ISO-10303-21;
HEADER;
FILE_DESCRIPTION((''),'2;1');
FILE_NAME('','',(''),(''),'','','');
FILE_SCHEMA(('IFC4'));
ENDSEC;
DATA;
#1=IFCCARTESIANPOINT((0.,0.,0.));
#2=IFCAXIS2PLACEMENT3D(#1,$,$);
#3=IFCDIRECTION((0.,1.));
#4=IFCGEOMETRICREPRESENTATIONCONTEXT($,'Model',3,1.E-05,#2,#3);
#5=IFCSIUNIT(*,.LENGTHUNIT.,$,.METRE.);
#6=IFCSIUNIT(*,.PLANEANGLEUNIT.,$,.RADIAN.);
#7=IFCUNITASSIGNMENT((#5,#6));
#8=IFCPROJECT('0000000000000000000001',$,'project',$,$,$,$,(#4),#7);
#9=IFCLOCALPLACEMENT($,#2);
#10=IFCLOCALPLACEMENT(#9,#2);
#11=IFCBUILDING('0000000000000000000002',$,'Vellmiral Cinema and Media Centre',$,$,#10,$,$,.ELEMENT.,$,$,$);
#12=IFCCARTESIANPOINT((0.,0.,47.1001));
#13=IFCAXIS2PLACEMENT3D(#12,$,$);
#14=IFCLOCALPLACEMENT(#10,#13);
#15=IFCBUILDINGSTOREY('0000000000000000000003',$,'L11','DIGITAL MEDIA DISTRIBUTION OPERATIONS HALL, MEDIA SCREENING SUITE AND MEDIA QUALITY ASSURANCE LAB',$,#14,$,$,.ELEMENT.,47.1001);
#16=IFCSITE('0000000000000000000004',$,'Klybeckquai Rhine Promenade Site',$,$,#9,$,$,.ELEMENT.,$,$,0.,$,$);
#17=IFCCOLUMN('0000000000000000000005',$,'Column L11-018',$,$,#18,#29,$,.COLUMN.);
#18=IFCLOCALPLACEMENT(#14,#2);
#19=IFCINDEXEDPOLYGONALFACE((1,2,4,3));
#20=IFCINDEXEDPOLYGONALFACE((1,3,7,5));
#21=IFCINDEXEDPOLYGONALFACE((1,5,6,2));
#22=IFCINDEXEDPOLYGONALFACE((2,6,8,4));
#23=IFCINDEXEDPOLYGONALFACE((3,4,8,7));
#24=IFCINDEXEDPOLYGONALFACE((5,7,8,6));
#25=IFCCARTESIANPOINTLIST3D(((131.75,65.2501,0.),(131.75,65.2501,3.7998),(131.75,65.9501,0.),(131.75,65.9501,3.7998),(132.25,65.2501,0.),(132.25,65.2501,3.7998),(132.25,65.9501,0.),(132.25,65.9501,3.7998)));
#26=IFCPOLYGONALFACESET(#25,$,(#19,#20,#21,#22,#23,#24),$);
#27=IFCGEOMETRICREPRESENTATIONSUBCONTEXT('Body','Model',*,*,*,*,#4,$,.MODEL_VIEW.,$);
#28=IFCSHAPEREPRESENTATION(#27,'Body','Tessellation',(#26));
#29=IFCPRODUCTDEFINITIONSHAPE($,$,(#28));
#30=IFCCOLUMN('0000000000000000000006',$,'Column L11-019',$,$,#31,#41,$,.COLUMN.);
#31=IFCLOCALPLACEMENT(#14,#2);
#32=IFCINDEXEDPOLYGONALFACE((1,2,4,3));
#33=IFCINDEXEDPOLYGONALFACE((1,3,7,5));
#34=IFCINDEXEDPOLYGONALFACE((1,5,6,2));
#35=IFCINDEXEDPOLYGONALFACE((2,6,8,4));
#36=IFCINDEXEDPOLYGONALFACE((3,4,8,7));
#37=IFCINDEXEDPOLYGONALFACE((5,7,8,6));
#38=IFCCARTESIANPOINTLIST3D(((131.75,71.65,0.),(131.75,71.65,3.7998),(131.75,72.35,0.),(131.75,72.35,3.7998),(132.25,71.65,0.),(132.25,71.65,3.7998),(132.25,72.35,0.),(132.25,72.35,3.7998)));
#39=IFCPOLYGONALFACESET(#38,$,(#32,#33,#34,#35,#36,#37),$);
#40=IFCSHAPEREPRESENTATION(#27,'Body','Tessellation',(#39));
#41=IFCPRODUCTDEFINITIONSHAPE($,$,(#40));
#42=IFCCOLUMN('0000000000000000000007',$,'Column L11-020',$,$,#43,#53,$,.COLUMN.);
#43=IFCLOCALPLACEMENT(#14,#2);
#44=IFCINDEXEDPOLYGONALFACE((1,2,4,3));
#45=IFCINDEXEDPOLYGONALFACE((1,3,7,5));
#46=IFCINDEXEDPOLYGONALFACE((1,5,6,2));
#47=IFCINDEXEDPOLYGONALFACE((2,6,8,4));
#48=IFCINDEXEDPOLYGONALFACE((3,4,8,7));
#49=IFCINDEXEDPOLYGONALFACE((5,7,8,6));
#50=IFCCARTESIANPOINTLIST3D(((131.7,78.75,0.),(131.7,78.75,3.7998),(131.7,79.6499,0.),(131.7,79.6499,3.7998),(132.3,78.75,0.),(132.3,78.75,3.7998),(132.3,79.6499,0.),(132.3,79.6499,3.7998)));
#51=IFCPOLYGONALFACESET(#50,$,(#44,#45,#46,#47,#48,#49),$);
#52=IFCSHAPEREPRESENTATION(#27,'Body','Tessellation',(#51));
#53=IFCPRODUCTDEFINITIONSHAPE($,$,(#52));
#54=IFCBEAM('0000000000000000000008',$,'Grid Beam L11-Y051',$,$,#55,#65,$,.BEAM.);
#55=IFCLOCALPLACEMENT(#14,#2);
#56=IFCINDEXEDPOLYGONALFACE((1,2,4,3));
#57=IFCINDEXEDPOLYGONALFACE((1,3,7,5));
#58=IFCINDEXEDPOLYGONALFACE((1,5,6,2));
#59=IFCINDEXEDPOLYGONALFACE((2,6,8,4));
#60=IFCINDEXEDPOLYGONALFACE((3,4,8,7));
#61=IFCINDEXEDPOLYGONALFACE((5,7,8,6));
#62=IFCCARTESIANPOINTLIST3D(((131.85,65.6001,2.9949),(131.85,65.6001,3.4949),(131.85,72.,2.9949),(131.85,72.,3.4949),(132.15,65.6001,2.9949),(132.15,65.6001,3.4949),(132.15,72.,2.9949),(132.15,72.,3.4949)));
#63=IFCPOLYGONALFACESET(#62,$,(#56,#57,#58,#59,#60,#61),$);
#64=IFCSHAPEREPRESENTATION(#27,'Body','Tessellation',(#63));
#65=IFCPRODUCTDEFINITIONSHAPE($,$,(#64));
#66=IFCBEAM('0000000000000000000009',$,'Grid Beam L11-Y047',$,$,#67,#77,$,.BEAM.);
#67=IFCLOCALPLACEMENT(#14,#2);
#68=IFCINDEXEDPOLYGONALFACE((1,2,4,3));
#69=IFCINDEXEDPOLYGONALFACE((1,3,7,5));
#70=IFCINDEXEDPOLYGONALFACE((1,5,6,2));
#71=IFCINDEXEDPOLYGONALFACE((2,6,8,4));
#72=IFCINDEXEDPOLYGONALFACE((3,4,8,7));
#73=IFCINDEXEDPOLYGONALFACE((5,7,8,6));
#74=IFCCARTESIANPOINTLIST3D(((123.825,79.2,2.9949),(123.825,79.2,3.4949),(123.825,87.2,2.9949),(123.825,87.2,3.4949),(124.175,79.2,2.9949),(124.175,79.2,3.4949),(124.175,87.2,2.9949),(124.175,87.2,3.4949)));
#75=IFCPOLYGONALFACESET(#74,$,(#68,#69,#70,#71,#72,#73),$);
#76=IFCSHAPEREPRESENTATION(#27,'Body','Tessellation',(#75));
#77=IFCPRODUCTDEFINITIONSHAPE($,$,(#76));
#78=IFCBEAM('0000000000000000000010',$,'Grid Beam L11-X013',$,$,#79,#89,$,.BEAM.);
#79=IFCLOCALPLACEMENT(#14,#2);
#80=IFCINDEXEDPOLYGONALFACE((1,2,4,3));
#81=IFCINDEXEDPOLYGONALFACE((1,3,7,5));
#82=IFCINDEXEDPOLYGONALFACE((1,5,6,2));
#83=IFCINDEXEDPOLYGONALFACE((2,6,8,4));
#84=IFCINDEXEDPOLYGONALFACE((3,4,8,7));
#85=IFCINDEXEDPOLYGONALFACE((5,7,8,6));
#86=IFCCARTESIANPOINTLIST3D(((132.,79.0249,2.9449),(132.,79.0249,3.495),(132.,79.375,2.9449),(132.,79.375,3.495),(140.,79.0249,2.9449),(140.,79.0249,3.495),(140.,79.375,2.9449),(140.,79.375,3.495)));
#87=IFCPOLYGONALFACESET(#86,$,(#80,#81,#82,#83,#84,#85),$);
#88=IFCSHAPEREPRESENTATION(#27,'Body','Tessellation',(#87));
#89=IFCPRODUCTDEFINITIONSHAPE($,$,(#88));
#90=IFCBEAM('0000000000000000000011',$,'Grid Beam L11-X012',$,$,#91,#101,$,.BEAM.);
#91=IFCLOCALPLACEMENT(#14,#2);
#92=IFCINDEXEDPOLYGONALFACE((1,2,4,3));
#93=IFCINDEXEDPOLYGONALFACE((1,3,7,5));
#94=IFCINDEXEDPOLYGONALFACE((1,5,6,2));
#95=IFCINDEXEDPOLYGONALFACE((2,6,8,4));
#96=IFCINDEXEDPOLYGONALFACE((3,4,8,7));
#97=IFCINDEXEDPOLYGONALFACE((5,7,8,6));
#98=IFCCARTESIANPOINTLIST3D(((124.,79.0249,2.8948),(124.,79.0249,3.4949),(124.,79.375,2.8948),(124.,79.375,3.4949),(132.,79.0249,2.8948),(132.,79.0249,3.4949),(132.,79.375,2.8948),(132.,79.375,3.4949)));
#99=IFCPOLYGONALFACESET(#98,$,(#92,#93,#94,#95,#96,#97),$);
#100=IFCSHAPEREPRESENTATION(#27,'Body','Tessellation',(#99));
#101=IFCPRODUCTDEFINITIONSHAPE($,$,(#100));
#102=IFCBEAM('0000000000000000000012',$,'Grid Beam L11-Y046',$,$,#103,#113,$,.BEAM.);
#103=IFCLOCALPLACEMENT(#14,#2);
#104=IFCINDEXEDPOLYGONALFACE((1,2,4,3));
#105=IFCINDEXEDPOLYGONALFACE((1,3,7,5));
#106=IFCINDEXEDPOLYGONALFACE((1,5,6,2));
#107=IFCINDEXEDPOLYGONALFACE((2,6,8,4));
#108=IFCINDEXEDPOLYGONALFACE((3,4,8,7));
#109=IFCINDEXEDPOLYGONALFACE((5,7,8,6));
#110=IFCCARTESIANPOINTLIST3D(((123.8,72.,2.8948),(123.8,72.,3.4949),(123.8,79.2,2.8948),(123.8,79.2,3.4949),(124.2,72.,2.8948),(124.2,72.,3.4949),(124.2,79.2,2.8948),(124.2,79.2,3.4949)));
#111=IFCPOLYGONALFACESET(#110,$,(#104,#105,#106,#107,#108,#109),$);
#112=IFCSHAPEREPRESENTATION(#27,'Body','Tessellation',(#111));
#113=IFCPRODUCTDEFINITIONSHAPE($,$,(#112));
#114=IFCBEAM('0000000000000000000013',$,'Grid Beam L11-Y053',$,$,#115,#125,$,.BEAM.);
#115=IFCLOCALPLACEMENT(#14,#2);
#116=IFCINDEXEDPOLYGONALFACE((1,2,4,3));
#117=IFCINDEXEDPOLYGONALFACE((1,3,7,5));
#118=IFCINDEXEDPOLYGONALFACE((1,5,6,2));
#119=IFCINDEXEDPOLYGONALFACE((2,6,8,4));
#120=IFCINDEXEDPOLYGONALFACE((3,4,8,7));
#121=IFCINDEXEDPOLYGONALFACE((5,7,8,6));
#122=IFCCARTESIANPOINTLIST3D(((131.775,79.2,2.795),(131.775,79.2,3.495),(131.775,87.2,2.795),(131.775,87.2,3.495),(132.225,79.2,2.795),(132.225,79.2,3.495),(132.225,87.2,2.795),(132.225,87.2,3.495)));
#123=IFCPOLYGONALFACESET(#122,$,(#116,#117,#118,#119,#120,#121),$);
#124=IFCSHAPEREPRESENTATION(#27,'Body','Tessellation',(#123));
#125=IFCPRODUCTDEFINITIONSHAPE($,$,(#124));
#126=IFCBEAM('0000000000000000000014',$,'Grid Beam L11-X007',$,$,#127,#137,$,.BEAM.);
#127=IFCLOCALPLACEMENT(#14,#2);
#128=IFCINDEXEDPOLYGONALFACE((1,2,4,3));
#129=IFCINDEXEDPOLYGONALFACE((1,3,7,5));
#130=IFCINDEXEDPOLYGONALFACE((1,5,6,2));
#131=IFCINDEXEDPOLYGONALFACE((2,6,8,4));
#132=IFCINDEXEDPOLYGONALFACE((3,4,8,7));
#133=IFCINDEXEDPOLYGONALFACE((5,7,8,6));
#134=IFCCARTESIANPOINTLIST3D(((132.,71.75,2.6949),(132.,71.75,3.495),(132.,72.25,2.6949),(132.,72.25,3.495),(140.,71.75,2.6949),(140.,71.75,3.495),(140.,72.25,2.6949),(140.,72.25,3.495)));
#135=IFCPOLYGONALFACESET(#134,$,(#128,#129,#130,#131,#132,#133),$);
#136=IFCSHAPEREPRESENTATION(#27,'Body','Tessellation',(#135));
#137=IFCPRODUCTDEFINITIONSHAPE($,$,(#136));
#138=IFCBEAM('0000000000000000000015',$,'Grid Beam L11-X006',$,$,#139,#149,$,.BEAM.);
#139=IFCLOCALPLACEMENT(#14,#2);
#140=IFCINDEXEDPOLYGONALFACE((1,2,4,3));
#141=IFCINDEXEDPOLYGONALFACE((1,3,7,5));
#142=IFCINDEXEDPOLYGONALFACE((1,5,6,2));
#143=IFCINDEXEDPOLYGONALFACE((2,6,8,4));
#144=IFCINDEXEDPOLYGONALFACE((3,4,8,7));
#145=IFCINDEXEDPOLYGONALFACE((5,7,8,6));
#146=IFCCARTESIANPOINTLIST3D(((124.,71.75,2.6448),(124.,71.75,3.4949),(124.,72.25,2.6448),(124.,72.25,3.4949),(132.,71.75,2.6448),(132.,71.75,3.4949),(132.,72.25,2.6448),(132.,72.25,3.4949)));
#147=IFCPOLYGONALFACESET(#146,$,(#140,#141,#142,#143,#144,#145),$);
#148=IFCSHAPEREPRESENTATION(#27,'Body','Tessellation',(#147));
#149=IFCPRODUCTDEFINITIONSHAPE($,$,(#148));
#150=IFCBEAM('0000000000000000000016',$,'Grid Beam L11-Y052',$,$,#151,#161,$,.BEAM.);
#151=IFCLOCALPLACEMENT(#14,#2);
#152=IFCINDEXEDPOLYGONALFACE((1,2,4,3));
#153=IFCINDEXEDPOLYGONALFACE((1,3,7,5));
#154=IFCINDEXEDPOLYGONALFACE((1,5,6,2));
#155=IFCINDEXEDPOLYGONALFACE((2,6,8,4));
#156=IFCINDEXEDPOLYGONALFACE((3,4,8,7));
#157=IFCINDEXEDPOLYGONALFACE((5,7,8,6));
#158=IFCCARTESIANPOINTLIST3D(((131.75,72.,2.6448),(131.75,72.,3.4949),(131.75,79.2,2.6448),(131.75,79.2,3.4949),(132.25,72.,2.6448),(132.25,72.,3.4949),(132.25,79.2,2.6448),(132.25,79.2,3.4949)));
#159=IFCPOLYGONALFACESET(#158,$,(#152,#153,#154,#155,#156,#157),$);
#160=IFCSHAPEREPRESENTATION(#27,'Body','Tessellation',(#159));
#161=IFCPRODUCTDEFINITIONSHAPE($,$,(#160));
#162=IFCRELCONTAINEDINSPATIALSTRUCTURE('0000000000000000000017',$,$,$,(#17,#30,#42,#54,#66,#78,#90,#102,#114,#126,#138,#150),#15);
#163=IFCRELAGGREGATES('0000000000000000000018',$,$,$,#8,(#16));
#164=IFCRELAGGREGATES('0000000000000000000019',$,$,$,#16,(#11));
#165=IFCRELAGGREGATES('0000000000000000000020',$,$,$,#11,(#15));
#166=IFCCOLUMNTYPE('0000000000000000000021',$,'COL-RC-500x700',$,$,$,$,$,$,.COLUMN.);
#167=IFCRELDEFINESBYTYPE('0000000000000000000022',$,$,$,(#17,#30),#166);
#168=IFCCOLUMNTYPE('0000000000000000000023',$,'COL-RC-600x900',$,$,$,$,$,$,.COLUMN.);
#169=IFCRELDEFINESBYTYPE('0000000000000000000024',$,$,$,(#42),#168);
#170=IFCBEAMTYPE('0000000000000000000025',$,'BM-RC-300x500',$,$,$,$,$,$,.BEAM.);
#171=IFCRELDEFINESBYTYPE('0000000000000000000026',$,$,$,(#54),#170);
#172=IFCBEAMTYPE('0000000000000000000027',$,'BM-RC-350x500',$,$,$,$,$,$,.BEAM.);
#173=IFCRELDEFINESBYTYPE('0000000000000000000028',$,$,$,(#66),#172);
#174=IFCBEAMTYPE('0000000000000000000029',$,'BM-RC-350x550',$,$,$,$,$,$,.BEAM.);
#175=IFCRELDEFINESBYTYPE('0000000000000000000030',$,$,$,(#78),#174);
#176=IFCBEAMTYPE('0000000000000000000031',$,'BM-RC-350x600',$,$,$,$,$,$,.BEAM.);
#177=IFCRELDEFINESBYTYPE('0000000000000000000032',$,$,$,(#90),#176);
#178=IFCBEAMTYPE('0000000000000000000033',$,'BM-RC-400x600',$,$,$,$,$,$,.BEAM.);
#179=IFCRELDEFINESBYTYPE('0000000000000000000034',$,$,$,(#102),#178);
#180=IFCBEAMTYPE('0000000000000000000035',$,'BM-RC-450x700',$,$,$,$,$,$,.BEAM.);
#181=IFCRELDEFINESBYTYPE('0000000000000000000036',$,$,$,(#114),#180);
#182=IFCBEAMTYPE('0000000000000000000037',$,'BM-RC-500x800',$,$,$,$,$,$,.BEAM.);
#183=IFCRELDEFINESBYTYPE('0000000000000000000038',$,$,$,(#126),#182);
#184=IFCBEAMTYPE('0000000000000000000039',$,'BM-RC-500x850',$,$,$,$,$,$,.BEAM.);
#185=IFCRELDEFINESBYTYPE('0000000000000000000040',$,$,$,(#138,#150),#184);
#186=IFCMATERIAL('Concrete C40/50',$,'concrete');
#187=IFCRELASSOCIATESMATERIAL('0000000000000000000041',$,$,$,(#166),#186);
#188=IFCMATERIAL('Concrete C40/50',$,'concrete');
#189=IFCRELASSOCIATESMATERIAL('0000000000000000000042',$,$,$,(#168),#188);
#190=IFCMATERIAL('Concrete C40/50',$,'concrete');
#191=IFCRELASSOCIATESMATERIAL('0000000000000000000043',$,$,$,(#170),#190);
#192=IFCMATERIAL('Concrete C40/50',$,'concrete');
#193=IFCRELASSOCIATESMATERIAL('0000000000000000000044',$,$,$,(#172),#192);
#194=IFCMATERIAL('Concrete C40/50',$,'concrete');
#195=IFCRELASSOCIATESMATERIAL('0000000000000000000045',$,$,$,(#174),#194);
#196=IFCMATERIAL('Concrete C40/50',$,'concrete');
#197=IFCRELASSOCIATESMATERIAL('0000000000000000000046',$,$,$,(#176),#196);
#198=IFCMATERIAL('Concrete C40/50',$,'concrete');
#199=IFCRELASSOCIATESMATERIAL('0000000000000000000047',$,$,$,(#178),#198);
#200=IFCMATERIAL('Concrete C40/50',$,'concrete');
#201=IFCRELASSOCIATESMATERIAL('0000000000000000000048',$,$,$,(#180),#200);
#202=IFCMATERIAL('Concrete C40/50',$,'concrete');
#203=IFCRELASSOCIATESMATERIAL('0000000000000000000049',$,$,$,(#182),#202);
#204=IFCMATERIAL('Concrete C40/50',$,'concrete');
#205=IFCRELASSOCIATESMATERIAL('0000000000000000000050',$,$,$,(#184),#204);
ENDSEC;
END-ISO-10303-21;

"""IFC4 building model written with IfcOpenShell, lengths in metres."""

from ifc_helpers import new_model, si_unit, direction, frame, origin, origin_2d, place, context, subcontext, project, spatial, rectangle, extrude, material, material_profile, profile_set, type_object, element, save


model = new_model("IFC4")

# Units and contexts
model_context = context("Model", 3, precision=1e-05, world=origin(), true_north=direction((0.0, 1.0)))
body_context = subcontext(model_context, "Body", "Model", "MODEL_VIEW")
ifc_project = project(units=[si_unit("LENGTHUNIT", "METRE"), si_unit("PLANEANGLEUNIT", "RADIAN")], contexts=[model_context])

# Site, building, storey
site_placement = place(None, origin())
site = spatial("IfcSite", under=ifc_project, at=site_placement, Name="Klybeckquai Rhine Promenade Site", CompositionType="ELEMENT", RefElevation=0.0)
building_placement = place(site_placement, origin())
building = spatial("IfcBuilding", under=site, at=building_placement, Name="Vellmiral Cinema and Media Centre", CompositionType="ELEMENT")
storey_placement = place(building_placement, frame((0.0, 0.0, 47.1001)))
storey = spatial("IfcBuildingStorey", under=building, at=storey_placement, Name="L11", Description="DIGITAL MEDIA DISTRIBUTION OPERATIONS HALL, MEDIA SCREENING SUITE AND MEDIA QUALITY ASSURANCE LAB", CompositionType="ELEMENT", Elevation=47.1001)

# Columns
ifc_material_1 = material(Name="Concrete C40/50", Category="concrete")
ifc_material_profile_1 = material_profile(ifc_material_1, rectangle(XDim=0.5, YDim=0.7, at=origin_2d()), Name="RC 500x700")
ifc_profile_set_1 = profile_set([ifc_material_profile_1], Name="Concrete C40/50")
column_type_1 = type_object("IfcColumnType", Name="COL-RC-500x700", PredefinedType="COLUMN", material=ifc_profile_set_1)
for number, where, z_axis, x_axis, name in (
    (1, (132.0, 65.6001, 0.0), (0.0, 0.0, 1.0), (1.0, 0.0, 0.0), "Column L11-018"),
    (2, (132.0, 72.0, 0.0), (0.0, 0.0, 1.0), (1.0, 0.0, 0.0), "Column L11-019"),
):
    element("IfcColumn", number, at=place(storey_placement, frame(where, z_axis=z_axis, x_axis=x_axis)), inside=storey, type_object=column_type_1, Name=name, PredefinedType="COLUMN", context=body_context, shape_type="SweptSolid", body=[
        extrude(rectangle(XDim=0.5, YDim=0.7, at=origin_2d()), origin(), (0.0, 0.0, 1.0), 3.7998),
    ])
ifc_material_2 = material(Name="Concrete C40/50", Category="concrete")
ifc_material_profile_2 = material_profile(ifc_material_2, rectangle(XDim=0.6001, YDim=0.8999, at=origin_2d()), Name="RC 600x900")
ifc_profile_set_2 = profile_set([ifc_material_profile_2], Name="Concrete C40/50")
column_type_2 = type_object("IfcColumnType", Name="COL-RC-600x900", PredefinedType="COLUMN", material=ifc_profile_set_2)
column_placement = place(storey_placement, frame((132.0, 79.2, 0.0), z_axis=(0.0, 0.0, 1.0), x_axis=(1.0, 0.0, 0.0)))
element("IfcColumn", 3, at=column_placement, inside=storey, type_object=column_type_2, Name="Column L11-020", PredefinedType="COLUMN", context=body_context, shape_type="SweptSolid", body=[
    extrude(rectangle(XDim=0.6001, YDim=0.8999, at=origin_2d()), origin(), (0.0, 0.0, 1.0), 3.7998),
])

# Beams
ifc_material_3 = material(Name="Concrete C40/50", Category="concrete")
ifc_material_profile_3 = material_profile(ifc_material_3, rectangle(XDim=0.3, YDim=0.5, at=origin_2d()), Name="RC 300x500")
ifc_profile_set_3 = profile_set([ifc_material_profile_3], Name="Concrete C40/50")
beam_type_1 = type_object("IfcBeamType", Name="BM-RC-300x500", PredefinedType="BEAM", material=ifc_profile_set_3)
beam_1_placement = place(storey_placement, frame((132.0, 65.6001, 3.2449), z_axis=(0.0, 1.0, 0.0), x_axis=(-1.0, 0.0, 0.0)))
element("IfcBeam", 4, at=beam_1_placement, inside=storey, type_object=beam_type_1, Name="Grid Beam L11-Y051", PredefinedType="BEAM", context=body_context, shape_type="SweptSolid", body=[
    extrude(rectangle(XDim=0.3, YDim=0.5, at=origin_2d()), origin(), (0.0, 0.0, 1.0), 6.3999),
])
ifc_material_4 = material(Name="Concrete C40/50", Category="concrete")
ifc_material_profile_4 = material_profile(ifc_material_4, rectangle(XDim=0.3501, YDim=0.5, at=origin_2d()), Name="RC 350x500")
ifc_profile_set_4 = profile_set([ifc_material_profile_4], Name="Concrete C40/50")
beam_type_2 = type_object("IfcBeamType", Name="BM-RC-350x500", PredefinedType="BEAM", material=ifc_profile_set_4)
beam_2_placement = place(storey_placement, frame((124.0, 79.2, 3.2449), z_axis=(0.0, 1.0, 0.0), x_axis=(-1.0, 0.0, 0.0)))
element("IfcBeam", 5, at=beam_2_placement, inside=storey, type_object=beam_type_2, Name="Grid Beam L11-Y047", PredefinedType="BEAM", context=body_context, shape_type="SweptSolid", body=[
    extrude(rectangle(XDim=0.3501, YDim=0.5, at=origin_2d()), origin(), (0.0, 0.0, 1.0), 8.0),
])
ifc_material_5 = material(Name="Concrete C40/50", Category="concrete")
ifc_material_profile_5 = material_profile(ifc_material_5, rectangle(XDim=0.3501, YDim=0.55, at=origin_2d()), Name="RC 350x550")
ifc_profile_set_5 = profile_set([ifc_material_profile_5], Name="Concrete C40/50")
beam_type_3 = type_object("IfcBeamType", Name="BM-RC-350x550", PredefinedType="BEAM", material=ifc_profile_set_5)
beam_3_placement = place(storey_placement, frame((132.0, 79.2, 3.22), z_axis=(1.0, 0.0, 0.0), x_axis=(0.0, 1.0, 0.0)))
element("IfcBeam", 6, at=beam_3_placement, inside=storey, type_object=beam_type_3, Name="Grid Beam L11-X013", PredefinedType="BEAM", context=body_context, shape_type="SweptSolid", body=[
    extrude(rectangle(XDim=0.3501, YDim=0.55, at=origin_2d()), origin(), (0.0, 0.0, 1.0), 8.0),
])
ifc_material_6 = material(Name="Concrete C40/50", Category="concrete")
ifc_material_profile_6 = material_profile(ifc_material_6, rectangle(XDim=0.3501, YDim=0.6001, at=origin_2d()), Name="RC 350x600")
ifc_profile_set_6 = profile_set([ifc_material_profile_6], Name="Concrete C40/50")
beam_type_4 = type_object("IfcBeamType", Name="BM-RC-350x600", PredefinedType="BEAM", material=ifc_profile_set_6)
beam_4_placement = place(storey_placement, frame((124.0, 79.2, 3.1948), z_axis=(1.0, 0.0, 0.0), x_axis=(0.0, 1.0, 0.0)))
element("IfcBeam", 7, at=beam_4_placement, inside=storey, type_object=beam_type_4, Name="Grid Beam L11-X012", PredefinedType="BEAM", context=body_context, shape_type="SweptSolid", body=[
    extrude(rectangle(XDim=0.3501, YDim=0.6001, at=origin_2d()), origin(), (0.0, 0.0, 1.0), 8.0),
])
ifc_material_7 = material(Name="Concrete C40/50", Category="concrete")
ifc_material_profile_7 = material_profile(ifc_material_7, rectangle(XDim=0.3999, YDim=0.6001, at=origin_2d()), Name="RC 400x600")
ifc_profile_set_7 = profile_set([ifc_material_profile_7], Name="Concrete C40/50")
beam_type_5 = type_object("IfcBeamType", Name="BM-RC-400x600", PredefinedType="BEAM", material=ifc_profile_set_7)
beam_5_placement = place(storey_placement, frame((124.0, 72.0, 3.1948), z_axis=(0.0, 1.0, 0.0), x_axis=(-1.0, 0.0, 0.0)))
element("IfcBeam", 8, at=beam_5_placement, inside=storey, type_object=beam_type_5, Name="Grid Beam L11-Y046", PredefinedType="BEAM", context=body_context, shape_type="SweptSolid", body=[
    extrude(rectangle(XDim=0.3999, YDim=0.6001, at=origin_2d()), origin(), (0.0, 0.0, 1.0), 7.2),
])
ifc_material_8 = material(Name="Concrete C40/50", Category="concrete")
ifc_material_profile_8 = material_profile(ifc_material_8, rectangle(XDim=0.45, YDim=0.7, at=origin_2d()), Name="RC 450x700")
ifc_profile_set_8 = profile_set([ifc_material_profile_8], Name="Concrete C40/50")
beam_type_6 = type_object("IfcBeamType", Name="BM-RC-450x700", PredefinedType="BEAM", material=ifc_profile_set_8)
beam_6_placement = place(storey_placement, frame((132.0, 79.2, 3.145), z_axis=(0.0, 1.0, 0.0), x_axis=(-1.0, 0.0, 0.0)))
element("IfcBeam", 9, at=beam_6_placement, inside=storey, type_object=beam_type_6, Name="Grid Beam L11-Y053", PredefinedType="BEAM", context=body_context, shape_type="SweptSolid", body=[
    extrude(rectangle(XDim=0.45, YDim=0.7, at=origin_2d()), origin(), (0.0, 0.0, 1.0), 8.0),
])
ifc_material_9 = material(Name="Concrete C40/50", Category="concrete")
ifc_material_profile_9 = material_profile(ifc_material_9, rectangle(XDim=0.5, YDim=0.8, at=origin_2d()), Name="RC 500x800")
ifc_profile_set_9 = profile_set([ifc_material_profile_9], Name="Concrete C40/50")
beam_type_7 = type_object("IfcBeamType", Name="BM-RC-500x800", PredefinedType="BEAM", material=ifc_profile_set_9)
beam_7_placement = place(storey_placement, frame((132.0, 72.0, 3.095), z_axis=(1.0, 0.0, 0.0), x_axis=(0.0, 1.0, 0.0)))
element("IfcBeam", 10, at=beam_7_placement, inside=storey, type_object=beam_type_7, Name="Grid Beam L11-X007", PredefinedType="BEAM", context=body_context, shape_type="SweptSolid", body=[
    extrude(rectangle(XDim=0.5, YDim=0.8, at=origin_2d()), origin(), (0.0, 0.0, 1.0), 8.0),
])
ifc_material_10 = material(Name="Concrete C40/50", Category="concrete")
ifc_material_profile_10 = material_profile(ifc_material_10, rectangle(XDim=0.5, YDim=0.8501, at=origin_2d()), Name="RC 500x850")
ifc_profile_set_10 = profile_set([ifc_material_profile_10], Name="Concrete C40/50")
beam_type_8 = type_object("IfcBeamType", Name="BM-RC-500x850", PredefinedType="BEAM", material=ifc_profile_set_10)
beam_8_placement = place(storey_placement, frame((124.0, 72.0, 3.0698), z_axis=(1.0, 0.0, 0.0), x_axis=(0.0, 1.0, 0.0)))
element("IfcBeam", 11, at=beam_8_placement, inside=storey, type_object=beam_type_8, Name="Grid Beam L11-X006", PredefinedType="BEAM", context=body_context, shape_type="SweptSolid", body=[
    extrude(rectangle(XDim=0.5, YDim=0.8501, at=origin_2d()), origin(), (0.0, 0.0, 1.0), 8.0),
])
beam_9_placement = place(storey_placement, frame((132.0, 72.0, 3.0698), z_axis=(0.0, 1.0, 0.0), x_axis=(-1.0, 0.0, 0.0)))
element("IfcBeam", 12, at=beam_9_placement, inside=storey, type_object=beam_type_8, Name="Grid Beam L11-Y052", PredefinedType="BEAM", context=body_context, shape_type="SweptSolid", body=[
    extrude(rectangle(XDim=0.5, YDim=0.8501, at=origin_2d()), origin(), (0.0, 0.0, 1.0), 7.2),
])

save(model, "model.ifc")
